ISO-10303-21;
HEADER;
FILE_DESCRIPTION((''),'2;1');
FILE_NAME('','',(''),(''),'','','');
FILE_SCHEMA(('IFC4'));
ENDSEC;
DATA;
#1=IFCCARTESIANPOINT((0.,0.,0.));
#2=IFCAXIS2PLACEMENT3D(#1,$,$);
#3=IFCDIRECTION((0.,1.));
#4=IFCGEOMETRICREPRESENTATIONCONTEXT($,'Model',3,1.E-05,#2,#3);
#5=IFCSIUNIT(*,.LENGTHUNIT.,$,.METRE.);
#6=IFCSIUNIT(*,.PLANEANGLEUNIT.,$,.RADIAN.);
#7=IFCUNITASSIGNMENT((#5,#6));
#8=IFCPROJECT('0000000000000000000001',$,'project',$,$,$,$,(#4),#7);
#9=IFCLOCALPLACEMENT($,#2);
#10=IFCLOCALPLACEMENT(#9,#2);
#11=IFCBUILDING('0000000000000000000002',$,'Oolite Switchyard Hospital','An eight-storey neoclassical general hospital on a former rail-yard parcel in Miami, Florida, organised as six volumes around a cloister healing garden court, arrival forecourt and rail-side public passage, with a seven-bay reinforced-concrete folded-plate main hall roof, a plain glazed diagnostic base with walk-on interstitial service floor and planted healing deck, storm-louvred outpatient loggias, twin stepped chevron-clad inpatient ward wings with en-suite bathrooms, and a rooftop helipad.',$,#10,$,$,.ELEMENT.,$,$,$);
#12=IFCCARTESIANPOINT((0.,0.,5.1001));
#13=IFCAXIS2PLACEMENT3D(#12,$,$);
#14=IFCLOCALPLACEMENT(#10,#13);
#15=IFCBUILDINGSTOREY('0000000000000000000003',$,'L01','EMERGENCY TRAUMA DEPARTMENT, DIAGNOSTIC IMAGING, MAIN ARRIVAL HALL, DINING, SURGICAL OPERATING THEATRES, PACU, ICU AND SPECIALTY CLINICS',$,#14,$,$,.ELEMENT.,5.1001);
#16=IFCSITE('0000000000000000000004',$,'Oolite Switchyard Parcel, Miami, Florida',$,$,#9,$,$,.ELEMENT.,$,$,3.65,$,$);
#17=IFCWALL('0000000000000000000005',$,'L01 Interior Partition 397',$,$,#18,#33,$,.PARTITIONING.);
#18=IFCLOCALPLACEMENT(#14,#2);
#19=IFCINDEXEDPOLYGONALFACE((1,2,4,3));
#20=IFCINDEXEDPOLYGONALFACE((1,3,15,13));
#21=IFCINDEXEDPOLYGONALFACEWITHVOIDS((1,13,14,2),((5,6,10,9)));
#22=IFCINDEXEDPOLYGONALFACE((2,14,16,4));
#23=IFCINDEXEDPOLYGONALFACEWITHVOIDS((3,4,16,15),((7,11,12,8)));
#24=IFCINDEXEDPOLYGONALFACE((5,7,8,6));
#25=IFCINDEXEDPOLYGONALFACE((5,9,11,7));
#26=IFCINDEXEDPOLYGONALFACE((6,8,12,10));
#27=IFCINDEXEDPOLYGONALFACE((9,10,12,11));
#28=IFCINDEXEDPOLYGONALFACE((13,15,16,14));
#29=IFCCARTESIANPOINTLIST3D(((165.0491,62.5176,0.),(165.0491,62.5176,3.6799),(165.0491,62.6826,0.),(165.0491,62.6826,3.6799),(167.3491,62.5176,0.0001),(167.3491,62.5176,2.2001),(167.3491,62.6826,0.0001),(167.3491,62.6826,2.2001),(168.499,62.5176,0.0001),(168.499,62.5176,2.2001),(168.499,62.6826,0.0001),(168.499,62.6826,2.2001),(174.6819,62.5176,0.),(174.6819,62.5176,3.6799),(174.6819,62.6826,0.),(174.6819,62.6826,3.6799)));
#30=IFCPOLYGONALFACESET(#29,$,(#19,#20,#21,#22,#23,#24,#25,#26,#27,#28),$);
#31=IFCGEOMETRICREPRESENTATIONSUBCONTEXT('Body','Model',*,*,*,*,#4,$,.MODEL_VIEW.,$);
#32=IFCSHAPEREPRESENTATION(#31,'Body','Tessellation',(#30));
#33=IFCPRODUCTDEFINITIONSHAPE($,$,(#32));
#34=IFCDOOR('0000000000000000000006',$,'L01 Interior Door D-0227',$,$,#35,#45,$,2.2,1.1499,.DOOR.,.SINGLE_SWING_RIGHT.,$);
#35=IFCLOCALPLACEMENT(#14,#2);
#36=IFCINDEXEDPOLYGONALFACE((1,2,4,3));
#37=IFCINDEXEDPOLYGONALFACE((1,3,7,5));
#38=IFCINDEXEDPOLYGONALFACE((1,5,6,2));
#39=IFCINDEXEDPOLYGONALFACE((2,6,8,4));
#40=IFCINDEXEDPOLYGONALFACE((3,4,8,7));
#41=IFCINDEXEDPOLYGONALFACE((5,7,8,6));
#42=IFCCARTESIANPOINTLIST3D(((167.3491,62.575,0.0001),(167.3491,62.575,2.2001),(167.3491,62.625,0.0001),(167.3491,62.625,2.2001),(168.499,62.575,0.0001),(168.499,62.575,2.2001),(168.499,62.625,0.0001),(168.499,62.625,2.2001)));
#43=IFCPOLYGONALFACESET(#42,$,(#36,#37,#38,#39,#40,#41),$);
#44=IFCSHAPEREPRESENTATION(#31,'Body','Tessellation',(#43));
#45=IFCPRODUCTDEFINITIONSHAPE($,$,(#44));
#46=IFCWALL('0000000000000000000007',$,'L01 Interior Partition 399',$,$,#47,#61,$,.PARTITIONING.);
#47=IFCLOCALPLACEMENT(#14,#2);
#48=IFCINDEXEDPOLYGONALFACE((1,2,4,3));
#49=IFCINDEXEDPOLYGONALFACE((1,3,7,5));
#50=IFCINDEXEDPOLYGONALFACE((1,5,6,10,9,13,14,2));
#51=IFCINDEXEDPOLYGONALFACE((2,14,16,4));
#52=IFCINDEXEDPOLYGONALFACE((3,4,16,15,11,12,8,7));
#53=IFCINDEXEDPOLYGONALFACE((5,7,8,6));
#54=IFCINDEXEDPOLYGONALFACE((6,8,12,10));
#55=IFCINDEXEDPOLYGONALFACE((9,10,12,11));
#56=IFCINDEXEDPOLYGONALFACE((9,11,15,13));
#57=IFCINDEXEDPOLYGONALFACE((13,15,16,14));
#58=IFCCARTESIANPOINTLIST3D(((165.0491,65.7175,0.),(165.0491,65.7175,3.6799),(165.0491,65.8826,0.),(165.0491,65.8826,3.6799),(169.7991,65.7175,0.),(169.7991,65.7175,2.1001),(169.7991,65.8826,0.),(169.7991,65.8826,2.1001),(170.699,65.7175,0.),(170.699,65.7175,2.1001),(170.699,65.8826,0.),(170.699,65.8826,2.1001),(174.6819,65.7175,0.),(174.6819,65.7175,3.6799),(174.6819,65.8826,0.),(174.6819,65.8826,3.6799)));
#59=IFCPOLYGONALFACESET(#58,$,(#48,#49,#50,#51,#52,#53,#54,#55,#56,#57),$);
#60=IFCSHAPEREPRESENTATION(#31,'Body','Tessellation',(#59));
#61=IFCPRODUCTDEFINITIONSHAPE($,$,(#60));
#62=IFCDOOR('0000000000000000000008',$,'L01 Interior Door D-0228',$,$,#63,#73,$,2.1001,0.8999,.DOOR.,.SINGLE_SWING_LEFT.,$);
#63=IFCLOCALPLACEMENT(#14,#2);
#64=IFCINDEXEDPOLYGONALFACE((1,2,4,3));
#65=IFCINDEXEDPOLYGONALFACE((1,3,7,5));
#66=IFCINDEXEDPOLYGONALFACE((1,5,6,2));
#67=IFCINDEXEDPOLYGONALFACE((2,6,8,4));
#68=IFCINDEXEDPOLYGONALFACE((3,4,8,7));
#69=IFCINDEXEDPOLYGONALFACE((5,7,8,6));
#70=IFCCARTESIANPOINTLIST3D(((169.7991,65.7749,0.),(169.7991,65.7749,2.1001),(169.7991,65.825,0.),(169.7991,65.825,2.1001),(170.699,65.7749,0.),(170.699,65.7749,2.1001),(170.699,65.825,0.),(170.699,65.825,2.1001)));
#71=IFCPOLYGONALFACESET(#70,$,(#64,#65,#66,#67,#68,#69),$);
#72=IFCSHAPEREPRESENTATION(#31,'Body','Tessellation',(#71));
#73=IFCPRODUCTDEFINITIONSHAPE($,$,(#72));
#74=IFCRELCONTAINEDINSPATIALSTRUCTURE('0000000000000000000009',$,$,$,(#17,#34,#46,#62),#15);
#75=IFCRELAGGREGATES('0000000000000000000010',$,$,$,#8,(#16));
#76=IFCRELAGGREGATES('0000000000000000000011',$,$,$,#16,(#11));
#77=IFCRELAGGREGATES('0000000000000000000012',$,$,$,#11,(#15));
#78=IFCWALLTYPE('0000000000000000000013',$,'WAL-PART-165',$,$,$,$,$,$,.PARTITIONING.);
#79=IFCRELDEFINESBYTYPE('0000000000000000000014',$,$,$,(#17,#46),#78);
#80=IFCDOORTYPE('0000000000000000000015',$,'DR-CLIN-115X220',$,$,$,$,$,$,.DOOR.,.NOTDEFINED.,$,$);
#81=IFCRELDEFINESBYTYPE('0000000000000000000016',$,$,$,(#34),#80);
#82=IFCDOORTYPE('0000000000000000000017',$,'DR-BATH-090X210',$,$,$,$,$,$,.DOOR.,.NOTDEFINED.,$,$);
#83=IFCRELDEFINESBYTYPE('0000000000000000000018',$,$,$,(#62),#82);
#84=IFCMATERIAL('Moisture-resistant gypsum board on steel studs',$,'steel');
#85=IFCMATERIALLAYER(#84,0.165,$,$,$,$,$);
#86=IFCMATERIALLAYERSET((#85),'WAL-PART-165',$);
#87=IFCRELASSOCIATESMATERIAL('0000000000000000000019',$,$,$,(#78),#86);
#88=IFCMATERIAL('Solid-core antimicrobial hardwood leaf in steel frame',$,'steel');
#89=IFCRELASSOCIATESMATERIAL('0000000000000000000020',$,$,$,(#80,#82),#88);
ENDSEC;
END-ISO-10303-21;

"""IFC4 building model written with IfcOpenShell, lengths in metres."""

from ifc_helpers import new_model, si_unit, direction, frame, frame_2d, origin, place, context, subcontext, project, spatial, rectangle, extrude, material, layer, layer_set, type_object, element, fill, save


model = new_model("IFC4")

# Units and contexts
model_context = context("Model", 3, precision=1e-05, world=origin(), true_north=direction((0.0, 1.0)))
body_context = subcontext(model_context, "Body", "Model", "MODEL_VIEW")
ifc_project = project(units=[si_unit("LENGTHUNIT", "METRE"), si_unit("PLANEANGLEUNIT", "RADIAN")], contexts=[model_context])

# Site, building, storey
site_placement = place(None, origin())
site = spatial("IfcSite", under=ifc_project, at=site_placement, Name="Oolite Switchyard Parcel, Miami, Florida", CompositionType="ELEMENT", RefElevation=3.65)
building_placement = place(site_placement, origin())
building = spatial("IfcBuilding", under=site, at=building_placement, Name="Oolite Switchyard Hospital", Description="An eight-storey neoclassical general hospital on a former rail-yard parcel in Miami, Florida, organised as six volumes around a cloister healing garden court, arrival forecourt and rail-side public passage, with a seven-bay reinforced-concrete folded-plate main hall roof, a plain glazed diagnostic base with walk-on interstitial service floor and planted healing deck, storm-louvred outpatient loggias, twin stepped chevron-clad inpatient ward wings with en-suite bathrooms, and a rooftop helipad.", CompositionType="ELEMENT")
storey_placement = place(building_placement, frame((0.0, 0.0, 5.1001)))
storey = spatial("IfcBuildingStorey", under=building, at=storey_placement, Name="L01", Description="EMERGENCY TRAUMA DEPARTMENT, DIAGNOSTIC IMAGING, MAIN ARRIVAL HALL, DINING, SURGICAL OPERATING THEATRES, PACU, ICU AND SPECIALTY CLINICS", CompositionType="ELEMENT", Elevation=5.1001)

# Shared definitions
ifc_material_1 = material(Name="Moisture-resistant gypsum board on steel studs", Category="steel")

# Walls, openings, doors
ifc_layer_1 = layer(ifc_material_1, 0.165)
ifc_layer_set_1 = layer_set([ifc_layer_1], Name="WAL-PART-165")
wall_type_1 = type_object("IfcWallType", Name="WAL-PART-165", PredefinedType="PARTITIONING", material=ifc_layer_set_1)
wall_1_placement = place(storey_placement, frame((165.0491, 62.6001, 0.0), z_axis=(0.0, 0.0, 1.0), x_axis=(1.0, 0.0, 0.0)))
wall_1 = element("IfcWall", 1, at=wall_1_placement, inside=storey, type_object=wall_type_1, Name="L01 Interior Partition 397", PredefinedType="PARTITIONING", context=body_context, shape_type="SweptSolid", body=[
    extrude(rectangle(XDim=9.6328, YDim=0.165, at=frame_2d((4.8164, 0.0))), origin(), (0.0, 0.0, 1.0), 3.6799),
])
opening_1_placement = place(wall_1_placement, frame((2.3, 0.0, 0.0)))
opening_1 = element("IfcOpeningElement", 2, at=opening_1_placement, cuts=wall_1, PredefinedType="OPENING", context=body_context, shape_type="SweptSolid", body=[
    extrude(rectangle(XDim=1.1499, YDim=2.2, at=frame_2d((0.575, 1.1001))), frame((0.0, 0.0925, 0.0), z_axis=(0.0, -1.0, 0.0), x_axis=(1.0, 0.0, 0.0)), (0.0, 0.0, 1.0), 0.1851),
])
ifc_material_2 = material(Name="Solid-core antimicrobial hardwood leaf in steel frame", Category="steel")
door_type_1 = type_object("IfcDoorType", Name="DR-CLIN-115X220", OperationType="NOTDEFINED", PredefinedType="DOOR", material=ifc_material_2)
door_1_placement = place(opening_1_placement, origin())
door_1 = element("IfcDoor", 3, at=door_1_placement, inside=storey, type_object=door_type_1, Name="L01 Interior Door D-0227", OperationType="SINGLE_SWING_RIGHT", OverallHeight=2.2, OverallWidth=1.1499, PredefinedType="DOOR", context=body_context, shape_type="SweptSolid", body=[
    extrude(rectangle(XDim=1.1499, YDim=2.2, at=frame_2d((0.575, 1.1001))), frame((0.0, 0.0249, 0.0), z_axis=(0.0, -1.0, 0.0), x_axis=(1.0, 0.0, 0.0)), (0.0, 0.0, 1.0), 0.05),
])
fill(opening_1, door_1)
wall_2_placement = place(storey_placement, frame((165.0491, 65.8, 0.0), z_axis=(0.0, 0.0, 1.0), x_axis=(1.0, 0.0, 0.0)))
wall_2 = element("IfcWall", 4, at=wall_2_placement, inside=storey, type_object=wall_type_1, Name="L01 Interior Partition 399", PredefinedType="PARTITIONING", context=body_context, shape_type="SweptSolid", body=[
    extrude(rectangle(XDim=9.6328, YDim=0.165, at=frame_2d((4.8164, 0.0))), origin(), (0.0, 0.0, 1.0), 3.6799),
])
opening_2_placement = place(wall_2_placement, frame((4.75, 0.0, 0.0)))
opening_2 = element("IfcOpeningElement", 5, at=opening_2_placement, cuts=wall_2, PredefinedType="OPENING", context=body_context, shape_type="SweptSolid", body=[
    extrude(rectangle(XDim=0.8999, YDim=2.1001, at=frame_2d((0.45, 1.05))), frame((0.0, 0.0925, 0.0), z_axis=(0.0, -1.0, 0.0), x_axis=(1.0, 0.0, 0.0)), (0.0, 0.0, 1.0), 0.1851),
])
door_type_2 = type_object("IfcDoorType", Name="DR-BATH-090X210", OperationType="NOTDEFINED", PredefinedType="DOOR", material=ifc_material_2)
door_2_placement = place(opening_2_placement, origin())
door_2 = element("IfcDoor", 6, at=door_2_placement, inside=storey, type_object=door_type_2, Name="L01 Interior Door D-0228", OperationType="SINGLE_SWING_LEFT", OverallHeight=2.1001, OverallWidth=0.8999, PredefinedType="DOOR", context=body_context, shape_type="SweptSolid", body=[
    extrude(rectangle(XDim=0.8999, YDim=2.1001, at=frame_2d((0.45, 1.05))), frame((0.0, 0.0249, 0.0), z_axis=(0.0, -1.0, 0.0), x_axis=(1.0, 0.0, 0.0)), (0.0, 0.0, 1.0), 0.05),
])
fill(opening_2, door_2)

save(model, "model.ifc")
